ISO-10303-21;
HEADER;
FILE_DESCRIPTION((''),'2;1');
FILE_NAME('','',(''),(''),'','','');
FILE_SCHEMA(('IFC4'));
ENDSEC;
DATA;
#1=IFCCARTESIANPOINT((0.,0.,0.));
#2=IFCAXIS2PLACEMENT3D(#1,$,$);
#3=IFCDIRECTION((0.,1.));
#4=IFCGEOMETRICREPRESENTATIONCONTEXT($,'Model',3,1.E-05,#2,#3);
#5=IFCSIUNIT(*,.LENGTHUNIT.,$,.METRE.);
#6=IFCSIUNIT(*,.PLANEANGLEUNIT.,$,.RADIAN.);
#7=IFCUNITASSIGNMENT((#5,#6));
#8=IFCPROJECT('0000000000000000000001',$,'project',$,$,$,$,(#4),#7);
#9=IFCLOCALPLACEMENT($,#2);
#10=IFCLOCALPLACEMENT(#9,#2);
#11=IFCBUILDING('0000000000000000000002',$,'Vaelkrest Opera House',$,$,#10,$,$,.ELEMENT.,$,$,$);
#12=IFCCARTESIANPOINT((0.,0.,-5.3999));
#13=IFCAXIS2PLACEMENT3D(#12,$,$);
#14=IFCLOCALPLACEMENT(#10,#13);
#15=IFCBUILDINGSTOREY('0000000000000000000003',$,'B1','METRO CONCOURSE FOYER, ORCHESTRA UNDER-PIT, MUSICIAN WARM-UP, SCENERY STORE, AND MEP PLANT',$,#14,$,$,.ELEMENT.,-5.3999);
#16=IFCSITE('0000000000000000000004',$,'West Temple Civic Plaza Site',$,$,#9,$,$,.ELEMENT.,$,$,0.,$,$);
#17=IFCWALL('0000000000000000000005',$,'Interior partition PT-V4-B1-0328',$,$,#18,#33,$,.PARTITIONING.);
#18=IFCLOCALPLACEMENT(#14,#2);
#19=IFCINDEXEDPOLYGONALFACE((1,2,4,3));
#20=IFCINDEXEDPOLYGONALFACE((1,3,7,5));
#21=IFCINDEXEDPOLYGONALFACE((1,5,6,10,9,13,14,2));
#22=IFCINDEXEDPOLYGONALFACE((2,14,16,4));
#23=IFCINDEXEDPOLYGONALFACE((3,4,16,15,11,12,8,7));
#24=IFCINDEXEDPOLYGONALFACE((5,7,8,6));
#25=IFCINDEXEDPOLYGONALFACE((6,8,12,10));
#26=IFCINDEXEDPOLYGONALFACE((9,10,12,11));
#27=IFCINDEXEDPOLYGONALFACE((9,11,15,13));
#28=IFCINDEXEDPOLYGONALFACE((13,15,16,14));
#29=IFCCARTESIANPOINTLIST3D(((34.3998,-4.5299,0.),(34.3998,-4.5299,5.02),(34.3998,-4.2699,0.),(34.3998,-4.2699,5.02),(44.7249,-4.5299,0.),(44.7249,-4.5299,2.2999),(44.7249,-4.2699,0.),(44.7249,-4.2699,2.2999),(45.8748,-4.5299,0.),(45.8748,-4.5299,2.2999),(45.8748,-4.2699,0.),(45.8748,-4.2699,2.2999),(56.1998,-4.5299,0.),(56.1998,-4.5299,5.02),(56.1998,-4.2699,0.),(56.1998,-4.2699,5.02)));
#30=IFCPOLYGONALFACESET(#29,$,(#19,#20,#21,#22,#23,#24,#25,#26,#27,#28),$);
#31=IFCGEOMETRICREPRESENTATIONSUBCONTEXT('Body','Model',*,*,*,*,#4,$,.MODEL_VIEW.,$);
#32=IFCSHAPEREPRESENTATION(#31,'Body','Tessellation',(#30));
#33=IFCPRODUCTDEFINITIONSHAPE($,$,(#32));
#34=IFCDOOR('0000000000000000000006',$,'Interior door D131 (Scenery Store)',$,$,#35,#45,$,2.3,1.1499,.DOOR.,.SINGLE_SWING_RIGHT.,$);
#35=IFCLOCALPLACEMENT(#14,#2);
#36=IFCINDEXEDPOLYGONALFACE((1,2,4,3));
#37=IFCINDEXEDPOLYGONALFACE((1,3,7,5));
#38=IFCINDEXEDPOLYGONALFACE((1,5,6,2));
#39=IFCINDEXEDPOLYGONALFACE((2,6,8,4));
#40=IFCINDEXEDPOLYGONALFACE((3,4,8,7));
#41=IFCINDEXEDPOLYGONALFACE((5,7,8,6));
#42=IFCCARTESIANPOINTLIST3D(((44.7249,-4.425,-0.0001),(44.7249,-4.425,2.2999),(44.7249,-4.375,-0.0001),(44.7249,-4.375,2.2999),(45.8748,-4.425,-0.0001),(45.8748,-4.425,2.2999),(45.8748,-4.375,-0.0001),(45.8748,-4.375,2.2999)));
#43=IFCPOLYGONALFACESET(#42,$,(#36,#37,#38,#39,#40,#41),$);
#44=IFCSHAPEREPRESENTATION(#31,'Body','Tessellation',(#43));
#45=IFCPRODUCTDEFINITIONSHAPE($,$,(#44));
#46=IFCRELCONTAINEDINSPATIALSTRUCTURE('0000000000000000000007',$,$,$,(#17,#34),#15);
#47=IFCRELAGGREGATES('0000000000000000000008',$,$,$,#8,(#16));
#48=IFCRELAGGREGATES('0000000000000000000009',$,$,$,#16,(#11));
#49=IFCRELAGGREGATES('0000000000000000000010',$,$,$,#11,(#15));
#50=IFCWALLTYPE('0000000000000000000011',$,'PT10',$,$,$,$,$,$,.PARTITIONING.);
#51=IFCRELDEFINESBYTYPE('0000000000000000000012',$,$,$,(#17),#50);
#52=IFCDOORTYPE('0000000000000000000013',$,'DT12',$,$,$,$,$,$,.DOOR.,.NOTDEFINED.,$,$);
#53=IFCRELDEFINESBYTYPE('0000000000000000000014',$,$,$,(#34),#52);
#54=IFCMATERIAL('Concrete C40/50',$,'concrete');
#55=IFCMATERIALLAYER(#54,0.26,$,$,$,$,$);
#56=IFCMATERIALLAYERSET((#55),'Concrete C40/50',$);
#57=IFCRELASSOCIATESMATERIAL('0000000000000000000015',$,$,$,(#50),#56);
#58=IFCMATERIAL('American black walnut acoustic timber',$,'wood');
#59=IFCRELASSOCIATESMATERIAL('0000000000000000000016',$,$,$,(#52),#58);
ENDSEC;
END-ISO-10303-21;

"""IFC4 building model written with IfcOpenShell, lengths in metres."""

from ifc_helpers import new_model, si_unit, direction, frame, frame_2d, origin, place, context, subcontext, project, spatial, rectangle, extrude, material, layer, layer_set, type_object, element, fill, save


model = new_model("IFC4")

# Units and contexts
model_context = context("Model", 3, precision=1e-05, world=origin(), true_north=direction((0.0, 1.0)))
body_context = subcontext(model_context, "Body", "Model", "MODEL_VIEW")
ifc_project = project(units=[si_unit("LENGTHUNIT", "METRE"), si_unit("PLANEANGLEUNIT", "RADIAN")], contexts=[model_context])

# Site, building, storey
site_placement = place(None, origin())
site = spatial("IfcSite", under=ifc_project, at=site_placement, Name="West Temple Civic Plaza Site", CompositionType="ELEMENT", RefElevation=0.0)
building_placement = place(site_placement, origin())
building = spatial("IfcBuilding", under=site, at=building_placement, Name="Vaelkrest Opera House", CompositionType="ELEMENT")
storey_placement = place(building_placement, frame((0.0, 0.0, -5.3999)))
storey = spatial("IfcBuildingStorey", under=building, at=storey_placement, Name="B1", Description="METRO CONCOURSE FOYER, ORCHESTRA UNDER-PIT, MUSICIAN WARM-UP, SCENERY STORE, AND MEP PLANT", CompositionType="ELEMENT", Elevation=-5.3999)

# Shared definitions
ifc_material_1 = material(Name="Concrete C40/50", Category="concrete")

# Shared definitions
ifc_material_2 = material(Name="American black walnut acoustic timber", Category="wood")

# Wall, opening, door
ifc_layer_1 = layer(ifc_material_1, 0.26)
ifc_layer_set_1 = layer_set([ifc_layer_1], Name="Concrete C40/50")
wall_type_1 = type_object("IfcWallType", Name="PT10", PredefinedType="PARTITIONING", material=ifc_layer_set_1)
wall_1_placement = place(storey_placement, frame((34.3999, -4.3999, 0.0), z_axis=(0.0, 0.0, 1.0), x_axis=(1.0, 0.0, 0.0)))
wall_1 = element("IfcWall", 1, at=wall_1_placement, inside=storey, type_object=wall_type_1, Name="Interior partition PT-V4-B1-0328", PredefinedType="PARTITIONING", context=body_context, shape_type="SweptSolid", body=[
    extrude(rectangle(XDim=21.8, YDim=0.26, at=frame_2d((10.8999, 0.0))), origin(), (0.0, 0.0, 1.0), 5.02),
])
opening_1_placement = place(wall_1_placement, frame((10.325, 0.0, 0.0)))
opening_1 = element("IfcOpeningElement", 2, at=opening_1_placement, cuts=wall_1, PredefinedType="OPENING", context=body_context, shape_type="SweptSolid", body=[
    extrude(rectangle(XDim=1.1499, YDim=2.3, at=frame_2d((0.575, 1.1499))), frame((0.0, 0.1399, 0.0), z_axis=(0.0, -1.0, 0.0), x_axis=(1.0, 0.0, 0.0)), (0.0, 0.0, 1.0), 0.28),
])
door_type_1 = type_object("IfcDoorType", Name="DT12", OperationType="NOTDEFINED", PredefinedType="DOOR", material=ifc_material_2)
door_1_placement = place(opening_1_placement, origin())
door_1 = element("IfcDoor", 3, at=door_1_placement, inside=storey, type_object=door_type_1, Name="Interior door D131 (Scenery Store)", OperationType="SINGLE_SWING_RIGHT", OverallHeight=2.3, OverallWidth=1.1499, PredefinedType="DOOR", context=body_context, shape_type="SweptSolid", body=[
    extrude(rectangle(XDim=1.1499, YDim=2.3, at=frame_2d((0.575, 1.1499))), frame((0.0, 0.0249, 0.0), z_axis=(0.0, -1.0, 0.0), x_axis=(1.0, 0.0, 0.0)), (0.0, 0.0, 1.0), 0.05),
])
fill(opening_1, door_1)

save(model, "model.ifc")
